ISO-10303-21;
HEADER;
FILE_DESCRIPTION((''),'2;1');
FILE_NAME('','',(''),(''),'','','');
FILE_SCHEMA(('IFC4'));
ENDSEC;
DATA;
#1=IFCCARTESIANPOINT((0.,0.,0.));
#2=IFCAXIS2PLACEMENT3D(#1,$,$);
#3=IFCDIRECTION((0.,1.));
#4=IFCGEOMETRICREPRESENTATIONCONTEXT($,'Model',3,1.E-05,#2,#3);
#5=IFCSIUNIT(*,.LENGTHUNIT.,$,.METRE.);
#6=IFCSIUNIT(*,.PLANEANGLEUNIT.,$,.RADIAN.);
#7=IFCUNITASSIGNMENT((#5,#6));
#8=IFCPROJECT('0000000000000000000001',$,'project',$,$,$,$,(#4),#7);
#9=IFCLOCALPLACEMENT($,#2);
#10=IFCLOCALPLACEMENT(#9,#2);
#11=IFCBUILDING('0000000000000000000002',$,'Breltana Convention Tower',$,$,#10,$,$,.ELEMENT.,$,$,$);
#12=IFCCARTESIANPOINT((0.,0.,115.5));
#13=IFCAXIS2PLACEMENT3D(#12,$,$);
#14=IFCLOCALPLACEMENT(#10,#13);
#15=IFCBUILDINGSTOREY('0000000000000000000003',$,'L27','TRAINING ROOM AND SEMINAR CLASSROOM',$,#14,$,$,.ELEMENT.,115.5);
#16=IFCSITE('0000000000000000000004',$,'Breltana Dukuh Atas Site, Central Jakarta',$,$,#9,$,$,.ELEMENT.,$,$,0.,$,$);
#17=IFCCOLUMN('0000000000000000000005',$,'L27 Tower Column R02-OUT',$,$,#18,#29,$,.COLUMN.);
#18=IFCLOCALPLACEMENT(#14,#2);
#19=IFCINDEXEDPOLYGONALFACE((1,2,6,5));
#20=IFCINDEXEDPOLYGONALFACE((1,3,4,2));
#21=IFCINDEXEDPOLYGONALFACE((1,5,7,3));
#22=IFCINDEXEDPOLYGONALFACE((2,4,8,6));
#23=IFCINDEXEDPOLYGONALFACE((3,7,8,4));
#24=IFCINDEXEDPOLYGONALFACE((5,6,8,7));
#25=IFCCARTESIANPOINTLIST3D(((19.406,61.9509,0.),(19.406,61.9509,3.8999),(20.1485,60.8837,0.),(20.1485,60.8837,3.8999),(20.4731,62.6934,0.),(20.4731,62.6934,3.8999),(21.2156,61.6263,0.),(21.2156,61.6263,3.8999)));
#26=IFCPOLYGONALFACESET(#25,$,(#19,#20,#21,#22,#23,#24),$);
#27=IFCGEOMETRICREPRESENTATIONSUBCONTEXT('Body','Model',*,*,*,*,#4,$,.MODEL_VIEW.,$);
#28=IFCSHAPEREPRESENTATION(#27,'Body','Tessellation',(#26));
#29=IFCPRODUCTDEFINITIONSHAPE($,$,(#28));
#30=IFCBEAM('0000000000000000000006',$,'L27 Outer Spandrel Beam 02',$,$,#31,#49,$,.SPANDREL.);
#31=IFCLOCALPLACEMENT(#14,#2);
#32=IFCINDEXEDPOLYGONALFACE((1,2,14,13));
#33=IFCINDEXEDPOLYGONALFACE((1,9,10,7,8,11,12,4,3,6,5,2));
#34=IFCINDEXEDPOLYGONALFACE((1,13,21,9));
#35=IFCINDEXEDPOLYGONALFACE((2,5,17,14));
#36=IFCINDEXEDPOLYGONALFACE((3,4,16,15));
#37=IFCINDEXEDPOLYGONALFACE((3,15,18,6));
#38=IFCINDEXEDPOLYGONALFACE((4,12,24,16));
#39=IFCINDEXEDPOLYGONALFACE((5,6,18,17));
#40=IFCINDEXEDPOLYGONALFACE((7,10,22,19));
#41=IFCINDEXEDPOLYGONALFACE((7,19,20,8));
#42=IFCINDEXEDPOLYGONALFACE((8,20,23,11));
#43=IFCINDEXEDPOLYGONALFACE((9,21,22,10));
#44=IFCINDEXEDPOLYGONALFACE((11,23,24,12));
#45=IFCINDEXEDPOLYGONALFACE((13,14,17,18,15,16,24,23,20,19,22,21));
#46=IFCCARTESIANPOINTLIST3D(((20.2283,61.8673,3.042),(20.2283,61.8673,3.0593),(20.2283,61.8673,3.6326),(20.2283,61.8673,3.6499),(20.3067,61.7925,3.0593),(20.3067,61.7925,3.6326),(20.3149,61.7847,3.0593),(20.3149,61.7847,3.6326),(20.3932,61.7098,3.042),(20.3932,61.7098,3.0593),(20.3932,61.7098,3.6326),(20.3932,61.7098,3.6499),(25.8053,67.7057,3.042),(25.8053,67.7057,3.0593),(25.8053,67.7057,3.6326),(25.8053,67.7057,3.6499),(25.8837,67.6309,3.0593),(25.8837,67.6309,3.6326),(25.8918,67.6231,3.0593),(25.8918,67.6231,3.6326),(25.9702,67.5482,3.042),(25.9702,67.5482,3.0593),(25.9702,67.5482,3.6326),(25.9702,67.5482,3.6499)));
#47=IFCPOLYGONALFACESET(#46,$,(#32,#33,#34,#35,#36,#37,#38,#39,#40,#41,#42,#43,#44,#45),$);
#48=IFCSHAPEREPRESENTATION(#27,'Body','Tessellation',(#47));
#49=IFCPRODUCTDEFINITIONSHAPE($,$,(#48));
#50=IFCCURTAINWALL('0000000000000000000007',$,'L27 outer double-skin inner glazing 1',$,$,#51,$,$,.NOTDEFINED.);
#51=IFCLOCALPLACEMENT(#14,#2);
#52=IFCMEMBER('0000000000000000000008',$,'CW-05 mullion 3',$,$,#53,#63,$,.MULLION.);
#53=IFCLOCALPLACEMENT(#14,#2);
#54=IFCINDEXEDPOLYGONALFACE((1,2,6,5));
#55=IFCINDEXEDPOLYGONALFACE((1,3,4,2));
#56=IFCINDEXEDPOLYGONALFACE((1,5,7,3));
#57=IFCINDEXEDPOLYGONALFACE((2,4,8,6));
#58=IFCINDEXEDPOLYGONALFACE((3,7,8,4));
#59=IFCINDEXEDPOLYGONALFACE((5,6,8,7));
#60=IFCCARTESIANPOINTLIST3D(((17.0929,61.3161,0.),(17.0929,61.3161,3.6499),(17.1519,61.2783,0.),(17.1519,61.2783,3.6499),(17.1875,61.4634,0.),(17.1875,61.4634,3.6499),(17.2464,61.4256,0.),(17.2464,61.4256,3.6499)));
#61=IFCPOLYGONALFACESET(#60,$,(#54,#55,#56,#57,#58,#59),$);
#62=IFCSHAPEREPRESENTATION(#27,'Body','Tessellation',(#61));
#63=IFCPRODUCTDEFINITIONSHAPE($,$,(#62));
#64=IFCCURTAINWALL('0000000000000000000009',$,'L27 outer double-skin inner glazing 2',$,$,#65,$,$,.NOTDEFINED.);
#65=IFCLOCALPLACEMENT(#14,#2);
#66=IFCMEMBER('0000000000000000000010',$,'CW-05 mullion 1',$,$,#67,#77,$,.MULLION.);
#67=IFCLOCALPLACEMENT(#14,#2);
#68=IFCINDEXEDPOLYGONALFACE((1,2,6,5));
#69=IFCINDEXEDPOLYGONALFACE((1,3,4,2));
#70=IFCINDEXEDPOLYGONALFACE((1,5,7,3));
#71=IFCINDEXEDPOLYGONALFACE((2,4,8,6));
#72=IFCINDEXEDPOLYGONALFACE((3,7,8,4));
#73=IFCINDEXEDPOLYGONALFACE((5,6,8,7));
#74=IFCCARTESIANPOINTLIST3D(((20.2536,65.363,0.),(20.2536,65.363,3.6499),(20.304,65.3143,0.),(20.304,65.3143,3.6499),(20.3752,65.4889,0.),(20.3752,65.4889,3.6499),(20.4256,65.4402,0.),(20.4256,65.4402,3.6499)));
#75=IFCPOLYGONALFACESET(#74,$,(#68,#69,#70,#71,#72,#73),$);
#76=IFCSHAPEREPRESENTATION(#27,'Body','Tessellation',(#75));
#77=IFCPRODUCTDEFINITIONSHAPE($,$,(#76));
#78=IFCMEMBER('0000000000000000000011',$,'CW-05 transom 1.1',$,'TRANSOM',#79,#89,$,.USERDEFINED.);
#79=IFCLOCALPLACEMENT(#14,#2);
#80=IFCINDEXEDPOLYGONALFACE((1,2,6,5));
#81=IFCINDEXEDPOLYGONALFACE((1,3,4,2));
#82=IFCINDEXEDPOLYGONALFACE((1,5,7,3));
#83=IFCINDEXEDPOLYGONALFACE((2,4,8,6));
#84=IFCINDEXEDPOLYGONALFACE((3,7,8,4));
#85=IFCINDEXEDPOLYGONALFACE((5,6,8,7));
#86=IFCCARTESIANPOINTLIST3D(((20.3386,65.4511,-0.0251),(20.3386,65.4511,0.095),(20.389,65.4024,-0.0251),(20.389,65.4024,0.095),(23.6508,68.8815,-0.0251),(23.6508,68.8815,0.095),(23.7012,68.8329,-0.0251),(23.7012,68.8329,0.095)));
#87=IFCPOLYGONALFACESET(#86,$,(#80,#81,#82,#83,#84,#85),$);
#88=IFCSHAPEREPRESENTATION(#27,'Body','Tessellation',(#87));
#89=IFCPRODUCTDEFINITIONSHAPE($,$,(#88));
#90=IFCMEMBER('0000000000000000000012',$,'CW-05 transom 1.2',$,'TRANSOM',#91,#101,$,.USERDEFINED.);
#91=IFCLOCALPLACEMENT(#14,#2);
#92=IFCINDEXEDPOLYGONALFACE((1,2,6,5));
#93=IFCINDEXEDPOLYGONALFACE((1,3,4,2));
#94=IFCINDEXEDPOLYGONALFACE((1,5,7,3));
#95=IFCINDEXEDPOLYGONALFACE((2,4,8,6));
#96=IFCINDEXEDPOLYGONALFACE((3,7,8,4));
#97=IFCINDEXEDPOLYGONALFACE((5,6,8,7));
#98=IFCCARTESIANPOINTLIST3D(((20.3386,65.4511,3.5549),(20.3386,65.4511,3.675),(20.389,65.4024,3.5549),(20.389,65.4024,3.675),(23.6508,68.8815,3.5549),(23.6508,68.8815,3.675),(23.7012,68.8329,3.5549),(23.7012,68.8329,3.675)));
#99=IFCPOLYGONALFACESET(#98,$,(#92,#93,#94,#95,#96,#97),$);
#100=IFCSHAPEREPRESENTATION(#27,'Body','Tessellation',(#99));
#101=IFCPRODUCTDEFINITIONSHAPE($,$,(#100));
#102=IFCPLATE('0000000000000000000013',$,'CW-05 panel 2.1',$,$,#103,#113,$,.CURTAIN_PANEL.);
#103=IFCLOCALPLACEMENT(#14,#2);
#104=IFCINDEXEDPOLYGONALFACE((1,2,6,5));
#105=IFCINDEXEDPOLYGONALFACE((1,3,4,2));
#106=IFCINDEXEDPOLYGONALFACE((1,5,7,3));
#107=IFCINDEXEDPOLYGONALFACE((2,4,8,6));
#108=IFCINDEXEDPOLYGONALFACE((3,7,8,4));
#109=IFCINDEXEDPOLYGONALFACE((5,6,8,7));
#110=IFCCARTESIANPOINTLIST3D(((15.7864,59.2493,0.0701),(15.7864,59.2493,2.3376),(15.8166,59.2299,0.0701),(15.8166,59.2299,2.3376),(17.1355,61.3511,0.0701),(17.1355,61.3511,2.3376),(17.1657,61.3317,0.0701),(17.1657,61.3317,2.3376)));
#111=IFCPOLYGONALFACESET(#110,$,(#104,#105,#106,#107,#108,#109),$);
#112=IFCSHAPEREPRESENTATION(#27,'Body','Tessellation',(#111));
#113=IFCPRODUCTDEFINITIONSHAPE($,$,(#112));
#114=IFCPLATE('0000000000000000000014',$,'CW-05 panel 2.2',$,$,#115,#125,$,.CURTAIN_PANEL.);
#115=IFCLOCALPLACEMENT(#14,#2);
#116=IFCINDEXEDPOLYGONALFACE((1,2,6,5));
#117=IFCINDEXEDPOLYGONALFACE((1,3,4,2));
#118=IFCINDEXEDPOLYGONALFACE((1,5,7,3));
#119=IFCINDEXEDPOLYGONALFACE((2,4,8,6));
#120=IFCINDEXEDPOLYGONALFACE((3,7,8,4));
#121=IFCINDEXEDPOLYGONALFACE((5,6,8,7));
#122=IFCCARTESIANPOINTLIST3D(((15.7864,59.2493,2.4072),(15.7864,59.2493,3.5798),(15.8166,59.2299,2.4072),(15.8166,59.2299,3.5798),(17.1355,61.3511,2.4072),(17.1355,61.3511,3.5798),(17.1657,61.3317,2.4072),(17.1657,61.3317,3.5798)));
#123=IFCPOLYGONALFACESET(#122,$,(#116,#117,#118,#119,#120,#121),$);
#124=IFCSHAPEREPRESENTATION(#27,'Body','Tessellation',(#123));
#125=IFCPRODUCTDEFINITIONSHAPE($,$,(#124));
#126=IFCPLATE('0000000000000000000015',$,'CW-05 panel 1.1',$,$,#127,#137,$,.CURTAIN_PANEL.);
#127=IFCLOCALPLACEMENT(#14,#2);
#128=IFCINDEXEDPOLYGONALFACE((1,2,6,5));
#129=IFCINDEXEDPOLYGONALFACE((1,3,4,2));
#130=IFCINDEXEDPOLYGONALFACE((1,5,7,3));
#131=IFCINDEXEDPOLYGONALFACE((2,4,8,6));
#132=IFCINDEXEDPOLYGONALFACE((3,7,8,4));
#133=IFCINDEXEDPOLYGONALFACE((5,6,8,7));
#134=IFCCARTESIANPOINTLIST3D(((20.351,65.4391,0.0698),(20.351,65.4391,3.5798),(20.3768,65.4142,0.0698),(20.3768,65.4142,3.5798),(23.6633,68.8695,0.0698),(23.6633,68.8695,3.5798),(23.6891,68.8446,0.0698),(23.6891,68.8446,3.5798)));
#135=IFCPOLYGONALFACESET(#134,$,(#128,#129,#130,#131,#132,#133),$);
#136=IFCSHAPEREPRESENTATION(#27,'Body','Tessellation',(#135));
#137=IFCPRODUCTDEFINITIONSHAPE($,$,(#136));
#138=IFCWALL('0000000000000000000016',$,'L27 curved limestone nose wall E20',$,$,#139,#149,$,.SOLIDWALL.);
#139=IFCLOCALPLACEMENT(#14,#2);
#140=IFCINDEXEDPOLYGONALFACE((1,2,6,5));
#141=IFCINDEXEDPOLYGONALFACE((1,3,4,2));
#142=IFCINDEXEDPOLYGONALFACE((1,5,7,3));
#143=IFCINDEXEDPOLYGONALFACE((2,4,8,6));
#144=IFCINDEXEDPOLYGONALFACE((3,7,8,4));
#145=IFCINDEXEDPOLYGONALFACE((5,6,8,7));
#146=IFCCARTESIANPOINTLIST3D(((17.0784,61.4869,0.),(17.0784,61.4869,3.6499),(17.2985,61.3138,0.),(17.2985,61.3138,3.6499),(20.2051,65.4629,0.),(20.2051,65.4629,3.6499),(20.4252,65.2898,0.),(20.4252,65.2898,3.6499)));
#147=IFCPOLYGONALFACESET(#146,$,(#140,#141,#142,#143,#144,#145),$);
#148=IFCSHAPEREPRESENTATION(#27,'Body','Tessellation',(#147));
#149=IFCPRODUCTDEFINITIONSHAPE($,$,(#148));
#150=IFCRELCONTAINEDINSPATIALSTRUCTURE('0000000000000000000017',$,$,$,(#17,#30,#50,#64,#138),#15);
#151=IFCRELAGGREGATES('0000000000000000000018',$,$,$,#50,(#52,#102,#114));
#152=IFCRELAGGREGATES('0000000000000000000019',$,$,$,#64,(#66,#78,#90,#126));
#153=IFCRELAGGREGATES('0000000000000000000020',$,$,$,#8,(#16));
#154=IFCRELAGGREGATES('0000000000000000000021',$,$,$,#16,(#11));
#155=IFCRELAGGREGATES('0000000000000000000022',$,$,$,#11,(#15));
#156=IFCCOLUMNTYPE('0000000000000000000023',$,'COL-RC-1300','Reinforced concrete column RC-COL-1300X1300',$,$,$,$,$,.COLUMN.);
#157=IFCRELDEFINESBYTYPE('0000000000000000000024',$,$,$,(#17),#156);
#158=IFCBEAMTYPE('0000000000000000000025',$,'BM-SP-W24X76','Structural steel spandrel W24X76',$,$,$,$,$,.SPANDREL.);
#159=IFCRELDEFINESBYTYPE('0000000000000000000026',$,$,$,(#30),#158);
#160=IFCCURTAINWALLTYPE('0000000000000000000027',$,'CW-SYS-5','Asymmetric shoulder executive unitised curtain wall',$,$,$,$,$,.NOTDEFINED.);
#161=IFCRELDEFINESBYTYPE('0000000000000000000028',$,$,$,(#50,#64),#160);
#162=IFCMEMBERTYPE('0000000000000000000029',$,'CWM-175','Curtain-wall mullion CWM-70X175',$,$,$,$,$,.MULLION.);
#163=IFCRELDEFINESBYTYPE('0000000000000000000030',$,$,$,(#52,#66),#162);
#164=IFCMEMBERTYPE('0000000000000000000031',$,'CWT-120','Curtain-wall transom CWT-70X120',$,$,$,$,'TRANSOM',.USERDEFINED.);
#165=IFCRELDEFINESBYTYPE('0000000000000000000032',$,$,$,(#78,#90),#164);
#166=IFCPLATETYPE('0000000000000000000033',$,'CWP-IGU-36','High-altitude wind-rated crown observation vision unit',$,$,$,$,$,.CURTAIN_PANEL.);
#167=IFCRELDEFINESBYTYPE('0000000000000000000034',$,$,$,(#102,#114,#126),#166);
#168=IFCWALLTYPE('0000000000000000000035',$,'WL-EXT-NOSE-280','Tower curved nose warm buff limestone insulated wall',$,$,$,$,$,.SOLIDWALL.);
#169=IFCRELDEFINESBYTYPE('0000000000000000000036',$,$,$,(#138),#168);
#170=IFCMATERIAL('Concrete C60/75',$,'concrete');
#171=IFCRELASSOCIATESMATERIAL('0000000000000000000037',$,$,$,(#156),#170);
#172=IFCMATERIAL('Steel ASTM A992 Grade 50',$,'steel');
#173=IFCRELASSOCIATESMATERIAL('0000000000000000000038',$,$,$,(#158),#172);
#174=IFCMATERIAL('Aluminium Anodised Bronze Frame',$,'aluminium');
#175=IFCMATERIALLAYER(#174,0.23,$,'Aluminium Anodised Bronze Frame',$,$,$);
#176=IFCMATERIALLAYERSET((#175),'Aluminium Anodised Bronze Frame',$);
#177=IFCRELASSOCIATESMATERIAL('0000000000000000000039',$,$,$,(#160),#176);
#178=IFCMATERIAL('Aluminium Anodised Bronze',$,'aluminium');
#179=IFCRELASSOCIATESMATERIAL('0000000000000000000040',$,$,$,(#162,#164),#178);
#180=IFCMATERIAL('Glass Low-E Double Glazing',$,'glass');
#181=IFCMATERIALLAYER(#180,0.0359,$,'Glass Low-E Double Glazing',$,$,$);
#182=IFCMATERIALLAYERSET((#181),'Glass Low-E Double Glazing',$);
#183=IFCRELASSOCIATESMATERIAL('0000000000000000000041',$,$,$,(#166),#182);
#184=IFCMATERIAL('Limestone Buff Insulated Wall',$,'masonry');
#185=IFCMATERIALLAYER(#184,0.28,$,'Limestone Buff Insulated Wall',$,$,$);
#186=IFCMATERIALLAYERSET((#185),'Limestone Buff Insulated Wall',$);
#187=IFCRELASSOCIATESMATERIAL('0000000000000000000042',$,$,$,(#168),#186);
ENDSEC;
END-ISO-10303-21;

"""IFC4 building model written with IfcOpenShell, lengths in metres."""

from ifc_helpers import new_model, si_unit, direction, frame, frame_2d, origin, origin_2d, place, context, subcontext, project, spatial, rectangle, i_section, extrude, source, transform, mapped, material, layer, layer_set, material_profile, profile_set, type_object, element, aggregate, save


model = new_model("IFC4")

# Units and contexts
model_context = context("Model", 3, precision=1e-05, world=origin(), true_north=direction((0.0, 1.0)))
body_context = subcontext(model_context, "Body", "Model", "MODEL_VIEW")
ifc_project = project(units=[si_unit("LENGTHUNIT", "METRE"), si_unit("PLANEANGLEUNIT", "RADIAN")], contexts=[model_context])

# Site, building, storey
site_placement = place(None, origin())
site = spatial("IfcSite", under=ifc_project, at=site_placement, Name="Breltana Dukuh Atas Site, Central Jakarta", CompositionType="ELEMENT", RefElevation=0.0)
building_placement = place(site_placement, origin())
building = spatial("IfcBuilding", under=site, at=building_placement, Name="Breltana Convention Tower", CompositionType="ELEMENT")
storey_placement = place(building_placement, frame((0.0, 0.0, 115.5)))
storey = spatial("IfcBuildingStorey", under=building, at=storey_placement, Name="L27", Description="TRAINING ROOM AND SEMINAR CLASSROOM", CompositionType="ELEMENT", Elevation=115.5)

# Column
ifc_material_1 = material(Name="Concrete C60/75", Category="concrete")
ifc_material_profile_1 = material_profile(ifc_material_1, rectangle(XDim=1.3, YDim=1.3, at=origin_2d()), Name="RC-COL-1300X1300")
ifc_profile_set_1 = profile_set([ifc_material_profile_1], Name="Concrete C60/75")
column_type = type_object("IfcColumnType", Name="COL-RC-1300", Description="Reinforced concrete column RC-COL-1300X1300", PredefinedType="COLUMN", material=ifc_profile_set_1)
shared_shape_1 = source(origin(), body_context, "Body", "SweptSolid", [
    extrude(rectangle(XDim=1.3, YDim=1.3, at=origin_2d()), origin(), (0.0, 0.0, 1.0), 3.8999),
])
column_placement = place(storey_placement, frame((20.3108, 61.7886, 0.0), z_axis=(0.0, 0.0, 1.0), x_axis=(-0.571143, 0.82085, 0.0)))
element("IfcColumn", 1, at=column_placement, inside=storey, type_object=column_type, Name="L27 Tower Column R02-OUT", PredefinedType="COLUMN", context=body_context, shape_type="MappedRepresentation", body=[
    mapped(shared_shape_1, transform((0.0, 0.0, 0.0), scale=1.0)),
])

# Beam
ifc_material_2 = material(Name="Steel ASTM A992 Grade 50", Category="steel")
ifc_material_profile_2 = material_profile(ifc_material_2, i_section(OverallWidth=0.228, OverallDepth=0.6079, WebThickness=0.0112, FlangeThickness=0.0173, at=origin_2d()), Name="W24X76")
ifc_profile_set_2 = profile_set([ifc_material_profile_2], Name="Steel ASTM A992 Grade 50")
beam_type = type_object("IfcBeamType", Name="BM-SP-W24X76", Description="Structural steel spandrel W24X76", PredefinedType="SPANDREL", material=ifc_profile_set_2)
shared_shape_2 = source(origin(), body_context, "Body", "SweptSolid", [
    extrude(i_section(OverallWidth=0.228, OverallDepth=0.6079, WebThickness=0.0112, FlangeThickness=0.0173, at=origin_2d()), origin(), (0.0, 0.0, 1.0), 8.074),
])
beam_placement = place(storey_placement, frame((20.3108, 61.7886, 3.3459), z_axis=(0.690729, 0.723114, 0.0), x_axis=(-0.723114, 0.690729, 0.0)))
element("IfcBeam", 2, at=beam_placement, inside=storey, type_object=beam_type, Name="L27 Outer Spandrel Beam 02", PredefinedType="SPANDREL", context=body_context, shape_type="MappedRepresentation", body=[
    mapped(shared_shape_2, transform((0.0, 0.0, 0.0), scale=1.0)),
])

# Curtain wall, member
ifc_material_3 = material(Name="Aluminium Anodised Bronze Frame", Category="aluminium")
ifc_layer_1 = layer(ifc_material_3, 0.23, Name="Aluminium Anodised Bronze Frame")
ifc_layer_set_1 = layer_set([ifc_layer_1], Name="Aluminium Anodised Bronze Frame")
curtain_wall_type = type_object("IfcCurtainWallType", Name="CW-SYS-5", Description="Asymmetric shoulder executive unitised curtain wall", PredefinedType="NOTDEFINED", material=ifc_layer_set_1)
curtain_wall_1_placement = place(storey_placement, origin())
curtain_wall_1 = element("IfcCurtainWall", 3, at=curtain_wall_1_placement, inside=storey, type_object=curtain_wall_type, Name="L27 outer double-skin inner glazing 1", PredefinedType="NOTDEFINED")
ifc_material_4 = material(Name="Aluminium Anodised Bronze", Category="aluminium")
ifc_material_profile_3 = material_profile(ifc_material_4, rectangle(XDim=0.0701, YDim=0.175, at=origin_2d()), Name="CWM-70X175")
ifc_profile_set_3 = profile_set([ifc_material_profile_3], Name="Aluminium Anodised Bronze")
member_type_1 = type_object("IfcMemberType", Name="CWM-175", Description="Curtain-wall mullion CWM-70X175", PredefinedType="MULLION", material=ifc_profile_set_3)
shared_shape_3 = source(origin(), body_context, "Body", "SweptSolid", [
    extrude(rectangle(XDim=0.0701, YDim=0.175, at=origin_2d()), origin(), (0.0, 0.0, 1.0), 3.6499),
])
member_1_placement = place(storey_placement, frame((17.1697, 61.3708, 0.0), z_axis=(0.0, 0.0, 1.0), x_axis=(-0.841552, 0.540177, 0.0)))
member_1 = element("IfcMember", 4, at=member_1_placement, type_object=member_type_1, Name="CW-05 mullion 3", PredefinedType="MULLION", context=body_context, shape_type="MappedRepresentation", body=[
    mapped(shared_shape_3, transform((0.0, 0.0, 0.0), scale=1.0)),
])

# Curtain wall, members
curtain_wall_2_placement = place(storey_placement, origin())
curtain_wall_2 = element("IfcCurtainWall", 5, at=curtain_wall_2_placement, inside=storey, type_object=curtain_wall_type, Name="L27 outer double-skin inner glazing 2", PredefinedType="NOTDEFINED")
member_2_placement = place(storey_placement, frame((20.3396, 65.4016, 0.0), z_axis=(0.0, 0.0, 1.0), x_axis=(-0.719385, 0.694612, 0.0)))
member_2 = element("IfcMember", 6, at=member_2_placement, type_object=member_type_1, Name="CW-05 mullion 1", PredefinedType="MULLION", context=body_context, shape_type="MappedRepresentation", body=[
    mapped(shared_shape_3, transform((0.0, 0.0, 0.0), scale=1.0)),
])
ifc_material_profile_4 = material_profile(ifc_material_4, rectangle(XDim=0.0701, YDim=0.1201, at=origin_2d()), Name="CWT-70X120")
ifc_profile_set_4 = profile_set([ifc_material_profile_4], Name="Aluminium Anodised Bronze")
member_type_2 = type_object("IfcMemberType", Name="CWT-120", Description="Curtain-wall transom CWT-70X120", ElementType="TRANSOM", PredefinedType="USERDEFINED", material=ifc_profile_set_4)
shared_shape_4 = source(origin(), body_context, "Body", "SweptSolid", [
    extrude(rectangle(XDim=0.0701, YDim=0.1201, at=origin_2d()), origin(), (0.0, 0.0, 1.0), 4.7686),
])
member_3_placement = place(storey_placement, frame((20.3638, 65.4268, 0.0349), z_axis=(0.694608, 0.719388, 0.0), x_axis=(-0.719388, 0.694608, 0.0)))
member_3 = element("IfcMember", 7, at=member_3_placement, type_object=member_type_2, Name="CW-05 transom 1.1", ObjectType="TRANSOM", PredefinedType="USERDEFINED", context=body_context, shape_type="MappedRepresentation", body=[
    mapped(shared_shape_4, transform((0.0, 0.0, 0.0), scale=1.0)),
])
member_4_placement = place(storey_placement, frame((20.3638, 65.4268, 3.615), z_axis=(0.694608, 0.719388, 0.0), x_axis=(-0.719388, 0.694608, 0.0)))
member_4 = element("IfcMember", 8, at=member_4_placement, type_object=member_type_2, Name="CW-05 transom 1.2", ObjectType="TRANSOM", PredefinedType="USERDEFINED", context=body_context, shape_type="MappedRepresentation", body=[
    mapped(shared_shape_4, transform((0.0, 0.0, 0.0), scale=1.0)),
])

# Plates
ifc_material_5 = material(Name="Glass Low-E Double Glazing", Category="glass")
ifc_layer_2 = layer(ifc_material_5, 0.0359, Name="Glass Low-E Double Glazing")
ifc_layer_set_2 = layer_set([ifc_layer_2], Name="Glass Low-E Double Glazing")
plate_type = type_object("IfcPlateType", Name="CWP-IGU-36", Description="High-altitude wind-rated crown observation vision unit", PredefinedType="CURTAIN_PANEL", material=ifc_layer_set_2)
shared_shape_5 = source(origin(), body_context, "Body", "SweptSolid", [
    extrude(rectangle(XDim=2.4976, YDim=0.0359, at=origin_2d()), origin(), (0.0, 0.0, 1.0), 2.2676),
])
plate_1_placement = place(storey_placement, frame((16.4761, 60.2905, 0.0701), z_axis=(0.0, 0.0, 1.0), x_axis=(0.540177, 0.841552, 0.0)))
plate_1 = element("IfcPlate", 9, at=plate_1_placement, type_object=plate_type, Name="CW-05 panel 2.1", PredefinedType="CURTAIN_PANEL", context=body_context, shape_type="MappedRepresentation", body=[
    mapped(shared_shape_5, transform((0.0, 0.0, 0.0), scale=1.0)),
])
shared_shape_6 = source(origin(), body_context, "Body", "SweptSolid", [
    extrude(rectangle(XDim=2.4976, YDim=0.0359, at=origin_2d()), origin(), (0.0, 0.0, 1.0), 1.1726),
])
plate_2_placement = place(storey_placement, frame((16.4761, 60.2905, 2.4072), z_axis=(0.0, 0.0, 1.0), x_axis=(0.540177, 0.841552, 0.0)))
plate_2 = element("IfcPlate", 10, at=plate_2_placement, type_object=plate_type, Name="CW-05 panel 2.2", PredefinedType="CURTAIN_PANEL", context=body_context, shape_type="MappedRepresentation", body=[
    mapped(shared_shape_6, transform((0.0, 0.0, 0.0), scale=1.0)),
])
aggregate(curtain_wall_1, [member_1, plate_1, plate_2])
shared_shape_7 = source(origin(), body_context, "Body", "SweptSolid", [
    extrude(rectangle(XDim=4.7686, YDim=0.0359, at=origin_2d()), origin(), (0.0, 0.0, 1.0), 3.51),
])
plate_3_placement = place(storey_placement, frame((22.02, 67.1418, 0.0698), z_axis=(0.0, 0.0, 1.0), x_axis=(0.694612, 0.719385, 0.0)))
plate_3 = element("IfcPlate", 11, at=plate_3_placement, type_object=plate_type, Name="CW-05 panel 1.1", PredefinedType="CURTAIN_PANEL", context=body_context, shape_type="MappedRepresentation", body=[
    mapped(shared_shape_7, transform((0.0, 0.0, 0.0), scale=1.0)),
])
aggregate(curtain_wall_2, [member_2, member_3, member_4, plate_3])

# Wall
ifc_material_6 = material(Name="Limestone Buff Insulated Wall", Category="masonry")
ifc_layer_3 = layer(ifc_material_6, 0.28, Name="Limestone Buff Insulated Wall")
ifc_layer_set_3 = layer_set([ifc_layer_3], Name="Limestone Buff Insulated Wall")
wall_type_1 = type_object("IfcWallType", Name="WL-EXT-NOSE-280", Description="Tower curved nose warm buff limestone insulated wall", PredefinedType="SOLIDWALL", material=ifc_layer_set_3)
shared_shape_8 = source(origin(), body_context, "Body", "SweptSolid", [
    extrude(rectangle(XDim=5.0581, YDim=0.28, at=frame_2d((2.5291, 0.0))), origin(), (0.0, 0.0, 1.0), 3.6499),
])
wall_1_placement = place(storey_placement, frame((17.1885, 61.4004, 0.0), z_axis=(0.0, 0.0, 1.0), x_axis=(0.618146, 0.786064, 0.0)))
element("IfcWall", 12, at=wall_1_placement, inside=storey, type_object=wall_type_1, Name="L27 curved limestone nose wall E20", PredefinedType="SOLIDWALL", context=body_context, shape_type="MappedRepresentation", body=[
    mapped(shared_shape_8, transform((0.0, 0.0, 0.0), scale=1.0)),
])

save(model, "model.ifc")
